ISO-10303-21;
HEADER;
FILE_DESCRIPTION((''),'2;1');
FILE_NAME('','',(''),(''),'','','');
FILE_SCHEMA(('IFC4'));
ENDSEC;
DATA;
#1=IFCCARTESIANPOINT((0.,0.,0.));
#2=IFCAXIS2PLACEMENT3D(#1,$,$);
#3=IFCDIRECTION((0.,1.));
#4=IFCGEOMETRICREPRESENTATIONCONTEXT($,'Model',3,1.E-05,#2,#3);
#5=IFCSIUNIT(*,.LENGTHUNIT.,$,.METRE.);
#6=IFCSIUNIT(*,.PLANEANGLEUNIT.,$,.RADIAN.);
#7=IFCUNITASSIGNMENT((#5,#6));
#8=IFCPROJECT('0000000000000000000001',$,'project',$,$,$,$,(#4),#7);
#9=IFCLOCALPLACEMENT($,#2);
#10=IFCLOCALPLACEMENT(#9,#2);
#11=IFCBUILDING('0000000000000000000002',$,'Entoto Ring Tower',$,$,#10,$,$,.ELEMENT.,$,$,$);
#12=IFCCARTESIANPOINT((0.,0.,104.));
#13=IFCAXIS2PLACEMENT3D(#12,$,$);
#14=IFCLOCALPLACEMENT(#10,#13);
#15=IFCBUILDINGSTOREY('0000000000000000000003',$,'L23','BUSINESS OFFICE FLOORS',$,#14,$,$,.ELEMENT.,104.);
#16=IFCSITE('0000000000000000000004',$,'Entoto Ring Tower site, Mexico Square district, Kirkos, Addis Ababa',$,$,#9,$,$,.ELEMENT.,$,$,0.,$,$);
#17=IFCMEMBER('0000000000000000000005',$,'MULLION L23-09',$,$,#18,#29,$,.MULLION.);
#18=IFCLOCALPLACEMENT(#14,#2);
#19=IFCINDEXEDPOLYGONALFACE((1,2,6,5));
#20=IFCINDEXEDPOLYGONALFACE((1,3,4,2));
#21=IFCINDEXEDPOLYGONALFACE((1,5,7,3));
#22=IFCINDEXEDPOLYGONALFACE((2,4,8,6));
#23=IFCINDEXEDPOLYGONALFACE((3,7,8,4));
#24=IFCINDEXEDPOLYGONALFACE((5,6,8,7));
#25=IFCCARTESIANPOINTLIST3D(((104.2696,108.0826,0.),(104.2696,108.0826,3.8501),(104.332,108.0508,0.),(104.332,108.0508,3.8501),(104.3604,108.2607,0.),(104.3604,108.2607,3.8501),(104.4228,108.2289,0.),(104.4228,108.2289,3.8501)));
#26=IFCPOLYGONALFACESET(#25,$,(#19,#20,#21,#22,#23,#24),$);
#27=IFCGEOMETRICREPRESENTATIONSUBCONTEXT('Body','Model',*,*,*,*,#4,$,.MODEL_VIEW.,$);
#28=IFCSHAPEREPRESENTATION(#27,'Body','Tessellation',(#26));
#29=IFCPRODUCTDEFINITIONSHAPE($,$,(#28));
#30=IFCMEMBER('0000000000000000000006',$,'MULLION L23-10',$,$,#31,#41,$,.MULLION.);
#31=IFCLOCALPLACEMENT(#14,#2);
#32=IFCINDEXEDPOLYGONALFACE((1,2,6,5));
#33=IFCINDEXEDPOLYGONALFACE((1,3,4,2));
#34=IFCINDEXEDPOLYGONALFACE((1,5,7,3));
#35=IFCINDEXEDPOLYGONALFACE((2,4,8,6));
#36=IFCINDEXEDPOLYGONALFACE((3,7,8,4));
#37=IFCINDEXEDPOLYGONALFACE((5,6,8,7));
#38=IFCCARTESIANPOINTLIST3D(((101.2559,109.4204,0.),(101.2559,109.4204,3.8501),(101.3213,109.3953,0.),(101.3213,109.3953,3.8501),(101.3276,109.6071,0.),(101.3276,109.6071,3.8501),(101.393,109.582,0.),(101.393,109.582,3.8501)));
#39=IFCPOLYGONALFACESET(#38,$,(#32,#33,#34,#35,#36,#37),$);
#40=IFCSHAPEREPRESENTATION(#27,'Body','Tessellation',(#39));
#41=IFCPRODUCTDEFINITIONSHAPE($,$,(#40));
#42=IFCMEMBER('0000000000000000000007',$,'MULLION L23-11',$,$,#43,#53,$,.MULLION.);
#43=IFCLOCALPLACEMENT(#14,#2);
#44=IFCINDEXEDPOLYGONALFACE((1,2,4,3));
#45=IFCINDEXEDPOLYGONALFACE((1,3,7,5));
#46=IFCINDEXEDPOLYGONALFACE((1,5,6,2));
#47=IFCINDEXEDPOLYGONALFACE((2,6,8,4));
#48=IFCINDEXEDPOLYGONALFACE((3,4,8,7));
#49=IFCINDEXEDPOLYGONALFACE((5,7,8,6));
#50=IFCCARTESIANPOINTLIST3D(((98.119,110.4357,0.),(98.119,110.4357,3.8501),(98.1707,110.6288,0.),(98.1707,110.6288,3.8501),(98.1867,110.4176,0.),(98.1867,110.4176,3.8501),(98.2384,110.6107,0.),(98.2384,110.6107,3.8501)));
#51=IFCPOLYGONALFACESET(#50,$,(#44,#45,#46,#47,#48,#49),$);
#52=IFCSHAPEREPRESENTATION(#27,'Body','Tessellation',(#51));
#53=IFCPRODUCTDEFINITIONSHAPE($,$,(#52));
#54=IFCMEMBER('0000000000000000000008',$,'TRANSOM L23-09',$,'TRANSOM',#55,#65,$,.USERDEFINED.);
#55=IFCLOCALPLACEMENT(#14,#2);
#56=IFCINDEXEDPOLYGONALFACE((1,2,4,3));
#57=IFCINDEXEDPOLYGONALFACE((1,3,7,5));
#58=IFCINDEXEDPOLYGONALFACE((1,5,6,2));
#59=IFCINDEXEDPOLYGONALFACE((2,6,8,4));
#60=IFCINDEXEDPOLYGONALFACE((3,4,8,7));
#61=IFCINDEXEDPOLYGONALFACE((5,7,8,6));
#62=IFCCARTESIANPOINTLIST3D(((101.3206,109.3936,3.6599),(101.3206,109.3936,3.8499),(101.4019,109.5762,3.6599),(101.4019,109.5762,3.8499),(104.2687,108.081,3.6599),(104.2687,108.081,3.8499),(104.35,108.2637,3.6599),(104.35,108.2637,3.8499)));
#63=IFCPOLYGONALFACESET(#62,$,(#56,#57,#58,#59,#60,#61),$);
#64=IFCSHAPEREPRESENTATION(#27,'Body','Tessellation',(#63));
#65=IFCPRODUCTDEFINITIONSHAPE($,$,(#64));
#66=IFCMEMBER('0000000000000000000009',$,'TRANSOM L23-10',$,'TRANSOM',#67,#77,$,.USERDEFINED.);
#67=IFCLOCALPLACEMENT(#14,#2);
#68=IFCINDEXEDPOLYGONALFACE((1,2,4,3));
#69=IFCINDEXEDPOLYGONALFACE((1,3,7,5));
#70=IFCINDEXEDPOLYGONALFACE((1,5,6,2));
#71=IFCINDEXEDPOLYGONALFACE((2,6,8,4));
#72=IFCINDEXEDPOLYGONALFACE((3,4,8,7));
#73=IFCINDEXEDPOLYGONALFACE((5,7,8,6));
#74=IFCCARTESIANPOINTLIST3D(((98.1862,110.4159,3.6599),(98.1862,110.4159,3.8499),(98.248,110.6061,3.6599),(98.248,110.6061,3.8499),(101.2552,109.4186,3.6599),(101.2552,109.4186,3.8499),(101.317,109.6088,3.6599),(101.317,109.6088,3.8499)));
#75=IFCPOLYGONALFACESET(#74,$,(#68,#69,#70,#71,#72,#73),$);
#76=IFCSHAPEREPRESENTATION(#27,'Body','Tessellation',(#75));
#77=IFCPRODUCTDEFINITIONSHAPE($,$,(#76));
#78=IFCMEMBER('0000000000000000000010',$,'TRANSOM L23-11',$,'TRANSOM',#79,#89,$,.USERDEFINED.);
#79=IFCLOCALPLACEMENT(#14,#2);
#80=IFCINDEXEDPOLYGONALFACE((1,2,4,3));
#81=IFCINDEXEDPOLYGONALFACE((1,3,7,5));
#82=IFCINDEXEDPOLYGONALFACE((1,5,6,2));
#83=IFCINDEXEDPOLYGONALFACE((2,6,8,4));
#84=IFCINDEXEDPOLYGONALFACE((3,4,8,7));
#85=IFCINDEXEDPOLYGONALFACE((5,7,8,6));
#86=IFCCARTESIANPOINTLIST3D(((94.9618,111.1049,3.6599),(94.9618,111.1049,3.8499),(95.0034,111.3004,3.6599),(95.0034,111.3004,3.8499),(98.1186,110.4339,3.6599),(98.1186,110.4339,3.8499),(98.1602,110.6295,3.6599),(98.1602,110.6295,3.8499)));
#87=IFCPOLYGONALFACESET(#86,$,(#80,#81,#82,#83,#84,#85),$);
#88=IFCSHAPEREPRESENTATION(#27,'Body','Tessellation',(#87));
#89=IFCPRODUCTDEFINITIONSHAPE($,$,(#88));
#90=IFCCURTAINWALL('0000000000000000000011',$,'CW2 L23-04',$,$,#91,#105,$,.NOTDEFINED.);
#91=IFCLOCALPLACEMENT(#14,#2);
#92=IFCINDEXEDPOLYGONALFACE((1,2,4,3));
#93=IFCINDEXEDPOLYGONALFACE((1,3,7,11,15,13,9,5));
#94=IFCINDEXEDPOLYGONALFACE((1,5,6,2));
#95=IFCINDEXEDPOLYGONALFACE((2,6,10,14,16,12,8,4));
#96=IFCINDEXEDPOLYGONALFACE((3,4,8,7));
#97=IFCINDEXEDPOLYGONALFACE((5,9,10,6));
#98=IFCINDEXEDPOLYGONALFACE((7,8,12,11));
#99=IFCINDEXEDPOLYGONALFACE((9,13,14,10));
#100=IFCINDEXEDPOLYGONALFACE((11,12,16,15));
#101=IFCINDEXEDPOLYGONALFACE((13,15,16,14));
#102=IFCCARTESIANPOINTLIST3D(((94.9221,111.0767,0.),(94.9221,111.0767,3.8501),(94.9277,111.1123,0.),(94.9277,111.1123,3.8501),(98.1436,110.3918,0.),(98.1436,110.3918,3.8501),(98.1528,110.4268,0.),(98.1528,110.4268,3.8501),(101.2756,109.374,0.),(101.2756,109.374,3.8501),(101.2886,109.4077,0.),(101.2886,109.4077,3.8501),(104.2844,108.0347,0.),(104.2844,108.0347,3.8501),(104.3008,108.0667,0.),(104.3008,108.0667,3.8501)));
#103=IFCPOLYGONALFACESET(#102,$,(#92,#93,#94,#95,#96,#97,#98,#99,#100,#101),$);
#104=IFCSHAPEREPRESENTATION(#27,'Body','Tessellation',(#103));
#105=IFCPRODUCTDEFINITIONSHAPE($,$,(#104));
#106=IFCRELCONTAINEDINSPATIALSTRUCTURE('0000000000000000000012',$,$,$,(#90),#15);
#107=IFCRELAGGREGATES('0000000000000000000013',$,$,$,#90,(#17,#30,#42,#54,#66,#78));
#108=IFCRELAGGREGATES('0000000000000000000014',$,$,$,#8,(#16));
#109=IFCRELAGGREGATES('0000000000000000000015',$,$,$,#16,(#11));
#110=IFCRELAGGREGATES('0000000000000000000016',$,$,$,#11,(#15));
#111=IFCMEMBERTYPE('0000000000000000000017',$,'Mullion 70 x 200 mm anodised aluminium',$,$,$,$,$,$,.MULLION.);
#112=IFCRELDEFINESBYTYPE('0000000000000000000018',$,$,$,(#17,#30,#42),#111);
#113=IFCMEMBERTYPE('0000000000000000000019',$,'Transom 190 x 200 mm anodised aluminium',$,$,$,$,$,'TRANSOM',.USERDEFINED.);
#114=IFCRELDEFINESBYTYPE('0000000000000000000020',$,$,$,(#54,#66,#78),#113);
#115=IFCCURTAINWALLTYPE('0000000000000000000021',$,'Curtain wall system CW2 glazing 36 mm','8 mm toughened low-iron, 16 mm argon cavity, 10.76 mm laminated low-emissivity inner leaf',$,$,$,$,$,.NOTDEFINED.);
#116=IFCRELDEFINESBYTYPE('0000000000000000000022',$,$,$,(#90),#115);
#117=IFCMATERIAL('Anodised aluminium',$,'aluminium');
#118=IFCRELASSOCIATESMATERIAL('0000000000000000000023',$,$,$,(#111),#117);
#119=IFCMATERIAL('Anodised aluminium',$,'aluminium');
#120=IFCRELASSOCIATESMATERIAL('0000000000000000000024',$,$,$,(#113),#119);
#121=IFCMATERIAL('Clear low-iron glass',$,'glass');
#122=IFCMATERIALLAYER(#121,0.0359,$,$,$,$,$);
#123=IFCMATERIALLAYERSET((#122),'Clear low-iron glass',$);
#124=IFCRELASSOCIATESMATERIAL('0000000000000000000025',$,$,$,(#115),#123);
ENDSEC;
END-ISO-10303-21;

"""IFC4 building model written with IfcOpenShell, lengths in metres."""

from ifc_helpers import new_model, si_unit, direction, frame, origin, origin_2d, place, context, subcontext, project, spatial, polyline, rectangle, outline, extrude, material, layer, layer_set, material_profile, profile_set, type_object, element, aggregate, save


model = new_model("IFC4")

# Units and contexts
model_context = context("Model", 3, precision=1e-05, world=origin(), true_north=direction((0.0, 1.0)))
body_context = subcontext(model_context, "Body", "Model", "MODEL_VIEW")
ifc_project = project(units=[si_unit("LENGTHUNIT", "METRE"), si_unit("PLANEANGLEUNIT", "RADIAN")], contexts=[model_context])

# Members
ifc_material_1 = material(Name="Anodised aluminium", Category="aluminium")
ifc_material_profile_1 = material_profile(ifc_material_1, rectangle(XDim=0.0701, YDim=0.2, at=origin_2d()), Name="Mullion 70 x 200 mm anodised aluminium")
ifc_profile_set_1 = profile_set([ifc_material_profile_1], Name="Anodised aluminium")
member_type_1 = type_object("IfcMemberType", Name="Mullion 70 x 200 mm anodised aluminium", PredefinedType="MULLION", material=ifc_profile_set_1)
site_placement = place(None, origin())
building_placement = place(site_placement, origin())
storey_placement = place(building_placement, frame((0.0, 0.0, 104.0)))
member_1_placement = place(storey_placement, frame((104.3462, 108.1558, 0.0), z_axis=(0.0, 0.0, 1.0), x_axis=(-0.891007, 0.45399, 0.0)))
member_1 = element("IfcMember", 1, at=member_1_placement, type_object=member_type_1, Name="MULLION L23-09", PredefinedType="MULLION", context=body_context, shape_type="SweptSolid", body=[
    extrude(rectangle(XDim=0.0701, YDim=0.2, at=origin_2d()), origin(), (0.0, 0.0, 1.0), 3.8501),
])
member_2_placement = place(storey_placement, frame((101.3245, 109.5012, 0.0), z_axis=(0.0, 0.0, 1.0), x_axis=(-0.93358, 0.358368, 0.0)))
member_2 = element("IfcMember", 2, at=member_2_placement, type_object=member_type_1, Name="MULLION L23-10", PredefinedType="MULLION", context=body_context, shape_type="SweptSolid", body=[
    extrude(rectangle(XDim=0.0701, YDim=0.2, at=origin_2d()), origin(), (0.0, 0.0, 1.0), 3.8501),
])
member_3_placement = place(storey_placement, frame((98.1787, 110.5232, 0.0), z_axis=(0.0, 0.0, 1.0), x_axis=(-0.965926, 0.258819, 0.0)))
member_3 = element("IfcMember", 3, at=member_3_placement, type_object=member_type_1, Name="MULLION L23-11", PredefinedType="MULLION", context=body_context, shape_type="SweptSolid", body=[
    extrude(rectangle(XDim=0.0701, YDim=0.2, at=origin_2d()), origin(), (0.0, 0.0, 1.0), 3.8501),
])
ifc_material_2 = material(Name="Anodised aluminium", Category="aluminium")
ifc_material_profile_2 = material_profile(ifc_material_2, rectangle(XDim=0.2, YDim=0.1899, at=origin_2d()), Name="Transom 190 x 200 mm anodised aluminium")
ifc_profile_set_2 = profile_set([ifc_material_profile_2], Name="Anodised aluminium")
member_type_2 = type_object("IfcMemberType", Name="Transom 190 x 200 mm anodised aluminium", ElementType="TRANSOM", PredefinedType="USERDEFINED", material=ifc_profile_set_2)
member_4_placement = place(storey_placement, frame((104.3093, 108.1724, 3.7549), z_axis=(-0.913549, 0.406728, 0.0), x_axis=(-0.406728, -0.913549, 0.0)))
member_4 = element("IfcMember", 4, at=member_4_placement, type_object=member_type_2, Name="TRANSOM L23-09", ObjectType="TRANSOM", PredefinedType="USERDEFINED", context=body_context, shape_type="SweptSolid", body=[
    extrude(rectangle(XDim=0.2, YDim=0.1899, at=origin_2d()), origin(), (0.0, 0.0, 1.0), 3.2271),
])
member_5_placement = place(storey_placement, frame((101.2861, 109.5137, 3.7549), z_axis=(-0.951047, 0.309047, 0.0), x_axis=(-0.309047, -0.951047, 0.0)))
member_5 = element("IfcMember", 5, at=member_5_placement, type_object=member_type_2, Name="TRANSOM L23-10", ObjectType="TRANSOM", PredefinedType="USERDEFINED", context=body_context, shape_type="SweptSolid", body=[
    extrude(rectangle(XDim=0.2, YDim=0.1899, at=origin_2d()), origin(), (0.0, 0.0, 1.0), 3.2271),
])
member_6_placement = place(storey_placement, frame((98.1394, 110.5317, 3.7549), z_axis=(-0.978153, 0.207886, 0.0), x_axis=(-0.207886, -0.978153, 0.0)))
member_6 = element("IfcMember", 6, at=member_6_placement, type_object=member_type_2, Name="TRANSOM L23-11", ObjectType="TRANSOM", PredefinedType="USERDEFINED", context=body_context, shape_type="SweptSolid", body=[
    extrude(rectangle(XDim=0.2, YDim=0.1899, at=origin_2d()), origin(), (0.0, 0.0, 1.0), 3.2273),
])

# Site, building, storey
site = spatial("IfcSite", under=ifc_project, at=site_placement, Name="Entoto Ring Tower site, Mexico Square district, Kirkos, Addis Ababa", CompositionType="ELEMENT", RefElevation=0.0)
building = spatial("IfcBuilding", under=site, at=building_placement, Name="Entoto Ring Tower", CompositionType="ELEMENT")
storey = spatial("IfcBuildingStorey", under=building, at=storey_placement, Name="L23", Description="BUSINESS OFFICE FLOORS", CompositionType="ELEMENT", Elevation=104.0)

# Curtain wall
ifc_material_3 = material(Name="Clear low-iron glass", Category="glass")
ifc_layer = layer(ifc_material_3, 0.0359)
ifc_layer_set = layer_set([ifc_layer], Name="Clear low-iron glass")
curtain_wall_type = type_object("IfcCurtainWallType", Name="Curtain wall system CW2 glazing 36 mm", Description="8 mm toughened low-iron, 16 mm argon cavity, 10.76 mm laminated low-emissivity inner leaf", PredefinedType="NOTDEFINED", material=ifc_layer_set)
curtain_wall_1_placement = place(storey_placement, origin())
curtain_wall_1 = element("IfcCurtainWall", 7, at=curtain_wall_1_placement, inside=storey, type_object=curtain_wall_type, Name="CW2 L23-04", PredefinedType="NOTDEFINED", context=body_context, shape_type="SweptSolid", body=[
    extrude(outline(polyline([(104.3008, 108.0667), (101.2886, 109.4077), (98.1528, 110.4268), (94.9277, 111.1123), (94.9221, 111.0767), (98.1436, 110.3918), (101.2756, 109.374), (104.2844, 108.0347), (104.3008, 108.0667)])), origin(), (0.0, 0.0, 1.0), 3.8501),
])
aggregate(curtain_wall_1, [member_1, member_2, member_3, member_4, member_5, member_6])

save(model, "model.ifc")
